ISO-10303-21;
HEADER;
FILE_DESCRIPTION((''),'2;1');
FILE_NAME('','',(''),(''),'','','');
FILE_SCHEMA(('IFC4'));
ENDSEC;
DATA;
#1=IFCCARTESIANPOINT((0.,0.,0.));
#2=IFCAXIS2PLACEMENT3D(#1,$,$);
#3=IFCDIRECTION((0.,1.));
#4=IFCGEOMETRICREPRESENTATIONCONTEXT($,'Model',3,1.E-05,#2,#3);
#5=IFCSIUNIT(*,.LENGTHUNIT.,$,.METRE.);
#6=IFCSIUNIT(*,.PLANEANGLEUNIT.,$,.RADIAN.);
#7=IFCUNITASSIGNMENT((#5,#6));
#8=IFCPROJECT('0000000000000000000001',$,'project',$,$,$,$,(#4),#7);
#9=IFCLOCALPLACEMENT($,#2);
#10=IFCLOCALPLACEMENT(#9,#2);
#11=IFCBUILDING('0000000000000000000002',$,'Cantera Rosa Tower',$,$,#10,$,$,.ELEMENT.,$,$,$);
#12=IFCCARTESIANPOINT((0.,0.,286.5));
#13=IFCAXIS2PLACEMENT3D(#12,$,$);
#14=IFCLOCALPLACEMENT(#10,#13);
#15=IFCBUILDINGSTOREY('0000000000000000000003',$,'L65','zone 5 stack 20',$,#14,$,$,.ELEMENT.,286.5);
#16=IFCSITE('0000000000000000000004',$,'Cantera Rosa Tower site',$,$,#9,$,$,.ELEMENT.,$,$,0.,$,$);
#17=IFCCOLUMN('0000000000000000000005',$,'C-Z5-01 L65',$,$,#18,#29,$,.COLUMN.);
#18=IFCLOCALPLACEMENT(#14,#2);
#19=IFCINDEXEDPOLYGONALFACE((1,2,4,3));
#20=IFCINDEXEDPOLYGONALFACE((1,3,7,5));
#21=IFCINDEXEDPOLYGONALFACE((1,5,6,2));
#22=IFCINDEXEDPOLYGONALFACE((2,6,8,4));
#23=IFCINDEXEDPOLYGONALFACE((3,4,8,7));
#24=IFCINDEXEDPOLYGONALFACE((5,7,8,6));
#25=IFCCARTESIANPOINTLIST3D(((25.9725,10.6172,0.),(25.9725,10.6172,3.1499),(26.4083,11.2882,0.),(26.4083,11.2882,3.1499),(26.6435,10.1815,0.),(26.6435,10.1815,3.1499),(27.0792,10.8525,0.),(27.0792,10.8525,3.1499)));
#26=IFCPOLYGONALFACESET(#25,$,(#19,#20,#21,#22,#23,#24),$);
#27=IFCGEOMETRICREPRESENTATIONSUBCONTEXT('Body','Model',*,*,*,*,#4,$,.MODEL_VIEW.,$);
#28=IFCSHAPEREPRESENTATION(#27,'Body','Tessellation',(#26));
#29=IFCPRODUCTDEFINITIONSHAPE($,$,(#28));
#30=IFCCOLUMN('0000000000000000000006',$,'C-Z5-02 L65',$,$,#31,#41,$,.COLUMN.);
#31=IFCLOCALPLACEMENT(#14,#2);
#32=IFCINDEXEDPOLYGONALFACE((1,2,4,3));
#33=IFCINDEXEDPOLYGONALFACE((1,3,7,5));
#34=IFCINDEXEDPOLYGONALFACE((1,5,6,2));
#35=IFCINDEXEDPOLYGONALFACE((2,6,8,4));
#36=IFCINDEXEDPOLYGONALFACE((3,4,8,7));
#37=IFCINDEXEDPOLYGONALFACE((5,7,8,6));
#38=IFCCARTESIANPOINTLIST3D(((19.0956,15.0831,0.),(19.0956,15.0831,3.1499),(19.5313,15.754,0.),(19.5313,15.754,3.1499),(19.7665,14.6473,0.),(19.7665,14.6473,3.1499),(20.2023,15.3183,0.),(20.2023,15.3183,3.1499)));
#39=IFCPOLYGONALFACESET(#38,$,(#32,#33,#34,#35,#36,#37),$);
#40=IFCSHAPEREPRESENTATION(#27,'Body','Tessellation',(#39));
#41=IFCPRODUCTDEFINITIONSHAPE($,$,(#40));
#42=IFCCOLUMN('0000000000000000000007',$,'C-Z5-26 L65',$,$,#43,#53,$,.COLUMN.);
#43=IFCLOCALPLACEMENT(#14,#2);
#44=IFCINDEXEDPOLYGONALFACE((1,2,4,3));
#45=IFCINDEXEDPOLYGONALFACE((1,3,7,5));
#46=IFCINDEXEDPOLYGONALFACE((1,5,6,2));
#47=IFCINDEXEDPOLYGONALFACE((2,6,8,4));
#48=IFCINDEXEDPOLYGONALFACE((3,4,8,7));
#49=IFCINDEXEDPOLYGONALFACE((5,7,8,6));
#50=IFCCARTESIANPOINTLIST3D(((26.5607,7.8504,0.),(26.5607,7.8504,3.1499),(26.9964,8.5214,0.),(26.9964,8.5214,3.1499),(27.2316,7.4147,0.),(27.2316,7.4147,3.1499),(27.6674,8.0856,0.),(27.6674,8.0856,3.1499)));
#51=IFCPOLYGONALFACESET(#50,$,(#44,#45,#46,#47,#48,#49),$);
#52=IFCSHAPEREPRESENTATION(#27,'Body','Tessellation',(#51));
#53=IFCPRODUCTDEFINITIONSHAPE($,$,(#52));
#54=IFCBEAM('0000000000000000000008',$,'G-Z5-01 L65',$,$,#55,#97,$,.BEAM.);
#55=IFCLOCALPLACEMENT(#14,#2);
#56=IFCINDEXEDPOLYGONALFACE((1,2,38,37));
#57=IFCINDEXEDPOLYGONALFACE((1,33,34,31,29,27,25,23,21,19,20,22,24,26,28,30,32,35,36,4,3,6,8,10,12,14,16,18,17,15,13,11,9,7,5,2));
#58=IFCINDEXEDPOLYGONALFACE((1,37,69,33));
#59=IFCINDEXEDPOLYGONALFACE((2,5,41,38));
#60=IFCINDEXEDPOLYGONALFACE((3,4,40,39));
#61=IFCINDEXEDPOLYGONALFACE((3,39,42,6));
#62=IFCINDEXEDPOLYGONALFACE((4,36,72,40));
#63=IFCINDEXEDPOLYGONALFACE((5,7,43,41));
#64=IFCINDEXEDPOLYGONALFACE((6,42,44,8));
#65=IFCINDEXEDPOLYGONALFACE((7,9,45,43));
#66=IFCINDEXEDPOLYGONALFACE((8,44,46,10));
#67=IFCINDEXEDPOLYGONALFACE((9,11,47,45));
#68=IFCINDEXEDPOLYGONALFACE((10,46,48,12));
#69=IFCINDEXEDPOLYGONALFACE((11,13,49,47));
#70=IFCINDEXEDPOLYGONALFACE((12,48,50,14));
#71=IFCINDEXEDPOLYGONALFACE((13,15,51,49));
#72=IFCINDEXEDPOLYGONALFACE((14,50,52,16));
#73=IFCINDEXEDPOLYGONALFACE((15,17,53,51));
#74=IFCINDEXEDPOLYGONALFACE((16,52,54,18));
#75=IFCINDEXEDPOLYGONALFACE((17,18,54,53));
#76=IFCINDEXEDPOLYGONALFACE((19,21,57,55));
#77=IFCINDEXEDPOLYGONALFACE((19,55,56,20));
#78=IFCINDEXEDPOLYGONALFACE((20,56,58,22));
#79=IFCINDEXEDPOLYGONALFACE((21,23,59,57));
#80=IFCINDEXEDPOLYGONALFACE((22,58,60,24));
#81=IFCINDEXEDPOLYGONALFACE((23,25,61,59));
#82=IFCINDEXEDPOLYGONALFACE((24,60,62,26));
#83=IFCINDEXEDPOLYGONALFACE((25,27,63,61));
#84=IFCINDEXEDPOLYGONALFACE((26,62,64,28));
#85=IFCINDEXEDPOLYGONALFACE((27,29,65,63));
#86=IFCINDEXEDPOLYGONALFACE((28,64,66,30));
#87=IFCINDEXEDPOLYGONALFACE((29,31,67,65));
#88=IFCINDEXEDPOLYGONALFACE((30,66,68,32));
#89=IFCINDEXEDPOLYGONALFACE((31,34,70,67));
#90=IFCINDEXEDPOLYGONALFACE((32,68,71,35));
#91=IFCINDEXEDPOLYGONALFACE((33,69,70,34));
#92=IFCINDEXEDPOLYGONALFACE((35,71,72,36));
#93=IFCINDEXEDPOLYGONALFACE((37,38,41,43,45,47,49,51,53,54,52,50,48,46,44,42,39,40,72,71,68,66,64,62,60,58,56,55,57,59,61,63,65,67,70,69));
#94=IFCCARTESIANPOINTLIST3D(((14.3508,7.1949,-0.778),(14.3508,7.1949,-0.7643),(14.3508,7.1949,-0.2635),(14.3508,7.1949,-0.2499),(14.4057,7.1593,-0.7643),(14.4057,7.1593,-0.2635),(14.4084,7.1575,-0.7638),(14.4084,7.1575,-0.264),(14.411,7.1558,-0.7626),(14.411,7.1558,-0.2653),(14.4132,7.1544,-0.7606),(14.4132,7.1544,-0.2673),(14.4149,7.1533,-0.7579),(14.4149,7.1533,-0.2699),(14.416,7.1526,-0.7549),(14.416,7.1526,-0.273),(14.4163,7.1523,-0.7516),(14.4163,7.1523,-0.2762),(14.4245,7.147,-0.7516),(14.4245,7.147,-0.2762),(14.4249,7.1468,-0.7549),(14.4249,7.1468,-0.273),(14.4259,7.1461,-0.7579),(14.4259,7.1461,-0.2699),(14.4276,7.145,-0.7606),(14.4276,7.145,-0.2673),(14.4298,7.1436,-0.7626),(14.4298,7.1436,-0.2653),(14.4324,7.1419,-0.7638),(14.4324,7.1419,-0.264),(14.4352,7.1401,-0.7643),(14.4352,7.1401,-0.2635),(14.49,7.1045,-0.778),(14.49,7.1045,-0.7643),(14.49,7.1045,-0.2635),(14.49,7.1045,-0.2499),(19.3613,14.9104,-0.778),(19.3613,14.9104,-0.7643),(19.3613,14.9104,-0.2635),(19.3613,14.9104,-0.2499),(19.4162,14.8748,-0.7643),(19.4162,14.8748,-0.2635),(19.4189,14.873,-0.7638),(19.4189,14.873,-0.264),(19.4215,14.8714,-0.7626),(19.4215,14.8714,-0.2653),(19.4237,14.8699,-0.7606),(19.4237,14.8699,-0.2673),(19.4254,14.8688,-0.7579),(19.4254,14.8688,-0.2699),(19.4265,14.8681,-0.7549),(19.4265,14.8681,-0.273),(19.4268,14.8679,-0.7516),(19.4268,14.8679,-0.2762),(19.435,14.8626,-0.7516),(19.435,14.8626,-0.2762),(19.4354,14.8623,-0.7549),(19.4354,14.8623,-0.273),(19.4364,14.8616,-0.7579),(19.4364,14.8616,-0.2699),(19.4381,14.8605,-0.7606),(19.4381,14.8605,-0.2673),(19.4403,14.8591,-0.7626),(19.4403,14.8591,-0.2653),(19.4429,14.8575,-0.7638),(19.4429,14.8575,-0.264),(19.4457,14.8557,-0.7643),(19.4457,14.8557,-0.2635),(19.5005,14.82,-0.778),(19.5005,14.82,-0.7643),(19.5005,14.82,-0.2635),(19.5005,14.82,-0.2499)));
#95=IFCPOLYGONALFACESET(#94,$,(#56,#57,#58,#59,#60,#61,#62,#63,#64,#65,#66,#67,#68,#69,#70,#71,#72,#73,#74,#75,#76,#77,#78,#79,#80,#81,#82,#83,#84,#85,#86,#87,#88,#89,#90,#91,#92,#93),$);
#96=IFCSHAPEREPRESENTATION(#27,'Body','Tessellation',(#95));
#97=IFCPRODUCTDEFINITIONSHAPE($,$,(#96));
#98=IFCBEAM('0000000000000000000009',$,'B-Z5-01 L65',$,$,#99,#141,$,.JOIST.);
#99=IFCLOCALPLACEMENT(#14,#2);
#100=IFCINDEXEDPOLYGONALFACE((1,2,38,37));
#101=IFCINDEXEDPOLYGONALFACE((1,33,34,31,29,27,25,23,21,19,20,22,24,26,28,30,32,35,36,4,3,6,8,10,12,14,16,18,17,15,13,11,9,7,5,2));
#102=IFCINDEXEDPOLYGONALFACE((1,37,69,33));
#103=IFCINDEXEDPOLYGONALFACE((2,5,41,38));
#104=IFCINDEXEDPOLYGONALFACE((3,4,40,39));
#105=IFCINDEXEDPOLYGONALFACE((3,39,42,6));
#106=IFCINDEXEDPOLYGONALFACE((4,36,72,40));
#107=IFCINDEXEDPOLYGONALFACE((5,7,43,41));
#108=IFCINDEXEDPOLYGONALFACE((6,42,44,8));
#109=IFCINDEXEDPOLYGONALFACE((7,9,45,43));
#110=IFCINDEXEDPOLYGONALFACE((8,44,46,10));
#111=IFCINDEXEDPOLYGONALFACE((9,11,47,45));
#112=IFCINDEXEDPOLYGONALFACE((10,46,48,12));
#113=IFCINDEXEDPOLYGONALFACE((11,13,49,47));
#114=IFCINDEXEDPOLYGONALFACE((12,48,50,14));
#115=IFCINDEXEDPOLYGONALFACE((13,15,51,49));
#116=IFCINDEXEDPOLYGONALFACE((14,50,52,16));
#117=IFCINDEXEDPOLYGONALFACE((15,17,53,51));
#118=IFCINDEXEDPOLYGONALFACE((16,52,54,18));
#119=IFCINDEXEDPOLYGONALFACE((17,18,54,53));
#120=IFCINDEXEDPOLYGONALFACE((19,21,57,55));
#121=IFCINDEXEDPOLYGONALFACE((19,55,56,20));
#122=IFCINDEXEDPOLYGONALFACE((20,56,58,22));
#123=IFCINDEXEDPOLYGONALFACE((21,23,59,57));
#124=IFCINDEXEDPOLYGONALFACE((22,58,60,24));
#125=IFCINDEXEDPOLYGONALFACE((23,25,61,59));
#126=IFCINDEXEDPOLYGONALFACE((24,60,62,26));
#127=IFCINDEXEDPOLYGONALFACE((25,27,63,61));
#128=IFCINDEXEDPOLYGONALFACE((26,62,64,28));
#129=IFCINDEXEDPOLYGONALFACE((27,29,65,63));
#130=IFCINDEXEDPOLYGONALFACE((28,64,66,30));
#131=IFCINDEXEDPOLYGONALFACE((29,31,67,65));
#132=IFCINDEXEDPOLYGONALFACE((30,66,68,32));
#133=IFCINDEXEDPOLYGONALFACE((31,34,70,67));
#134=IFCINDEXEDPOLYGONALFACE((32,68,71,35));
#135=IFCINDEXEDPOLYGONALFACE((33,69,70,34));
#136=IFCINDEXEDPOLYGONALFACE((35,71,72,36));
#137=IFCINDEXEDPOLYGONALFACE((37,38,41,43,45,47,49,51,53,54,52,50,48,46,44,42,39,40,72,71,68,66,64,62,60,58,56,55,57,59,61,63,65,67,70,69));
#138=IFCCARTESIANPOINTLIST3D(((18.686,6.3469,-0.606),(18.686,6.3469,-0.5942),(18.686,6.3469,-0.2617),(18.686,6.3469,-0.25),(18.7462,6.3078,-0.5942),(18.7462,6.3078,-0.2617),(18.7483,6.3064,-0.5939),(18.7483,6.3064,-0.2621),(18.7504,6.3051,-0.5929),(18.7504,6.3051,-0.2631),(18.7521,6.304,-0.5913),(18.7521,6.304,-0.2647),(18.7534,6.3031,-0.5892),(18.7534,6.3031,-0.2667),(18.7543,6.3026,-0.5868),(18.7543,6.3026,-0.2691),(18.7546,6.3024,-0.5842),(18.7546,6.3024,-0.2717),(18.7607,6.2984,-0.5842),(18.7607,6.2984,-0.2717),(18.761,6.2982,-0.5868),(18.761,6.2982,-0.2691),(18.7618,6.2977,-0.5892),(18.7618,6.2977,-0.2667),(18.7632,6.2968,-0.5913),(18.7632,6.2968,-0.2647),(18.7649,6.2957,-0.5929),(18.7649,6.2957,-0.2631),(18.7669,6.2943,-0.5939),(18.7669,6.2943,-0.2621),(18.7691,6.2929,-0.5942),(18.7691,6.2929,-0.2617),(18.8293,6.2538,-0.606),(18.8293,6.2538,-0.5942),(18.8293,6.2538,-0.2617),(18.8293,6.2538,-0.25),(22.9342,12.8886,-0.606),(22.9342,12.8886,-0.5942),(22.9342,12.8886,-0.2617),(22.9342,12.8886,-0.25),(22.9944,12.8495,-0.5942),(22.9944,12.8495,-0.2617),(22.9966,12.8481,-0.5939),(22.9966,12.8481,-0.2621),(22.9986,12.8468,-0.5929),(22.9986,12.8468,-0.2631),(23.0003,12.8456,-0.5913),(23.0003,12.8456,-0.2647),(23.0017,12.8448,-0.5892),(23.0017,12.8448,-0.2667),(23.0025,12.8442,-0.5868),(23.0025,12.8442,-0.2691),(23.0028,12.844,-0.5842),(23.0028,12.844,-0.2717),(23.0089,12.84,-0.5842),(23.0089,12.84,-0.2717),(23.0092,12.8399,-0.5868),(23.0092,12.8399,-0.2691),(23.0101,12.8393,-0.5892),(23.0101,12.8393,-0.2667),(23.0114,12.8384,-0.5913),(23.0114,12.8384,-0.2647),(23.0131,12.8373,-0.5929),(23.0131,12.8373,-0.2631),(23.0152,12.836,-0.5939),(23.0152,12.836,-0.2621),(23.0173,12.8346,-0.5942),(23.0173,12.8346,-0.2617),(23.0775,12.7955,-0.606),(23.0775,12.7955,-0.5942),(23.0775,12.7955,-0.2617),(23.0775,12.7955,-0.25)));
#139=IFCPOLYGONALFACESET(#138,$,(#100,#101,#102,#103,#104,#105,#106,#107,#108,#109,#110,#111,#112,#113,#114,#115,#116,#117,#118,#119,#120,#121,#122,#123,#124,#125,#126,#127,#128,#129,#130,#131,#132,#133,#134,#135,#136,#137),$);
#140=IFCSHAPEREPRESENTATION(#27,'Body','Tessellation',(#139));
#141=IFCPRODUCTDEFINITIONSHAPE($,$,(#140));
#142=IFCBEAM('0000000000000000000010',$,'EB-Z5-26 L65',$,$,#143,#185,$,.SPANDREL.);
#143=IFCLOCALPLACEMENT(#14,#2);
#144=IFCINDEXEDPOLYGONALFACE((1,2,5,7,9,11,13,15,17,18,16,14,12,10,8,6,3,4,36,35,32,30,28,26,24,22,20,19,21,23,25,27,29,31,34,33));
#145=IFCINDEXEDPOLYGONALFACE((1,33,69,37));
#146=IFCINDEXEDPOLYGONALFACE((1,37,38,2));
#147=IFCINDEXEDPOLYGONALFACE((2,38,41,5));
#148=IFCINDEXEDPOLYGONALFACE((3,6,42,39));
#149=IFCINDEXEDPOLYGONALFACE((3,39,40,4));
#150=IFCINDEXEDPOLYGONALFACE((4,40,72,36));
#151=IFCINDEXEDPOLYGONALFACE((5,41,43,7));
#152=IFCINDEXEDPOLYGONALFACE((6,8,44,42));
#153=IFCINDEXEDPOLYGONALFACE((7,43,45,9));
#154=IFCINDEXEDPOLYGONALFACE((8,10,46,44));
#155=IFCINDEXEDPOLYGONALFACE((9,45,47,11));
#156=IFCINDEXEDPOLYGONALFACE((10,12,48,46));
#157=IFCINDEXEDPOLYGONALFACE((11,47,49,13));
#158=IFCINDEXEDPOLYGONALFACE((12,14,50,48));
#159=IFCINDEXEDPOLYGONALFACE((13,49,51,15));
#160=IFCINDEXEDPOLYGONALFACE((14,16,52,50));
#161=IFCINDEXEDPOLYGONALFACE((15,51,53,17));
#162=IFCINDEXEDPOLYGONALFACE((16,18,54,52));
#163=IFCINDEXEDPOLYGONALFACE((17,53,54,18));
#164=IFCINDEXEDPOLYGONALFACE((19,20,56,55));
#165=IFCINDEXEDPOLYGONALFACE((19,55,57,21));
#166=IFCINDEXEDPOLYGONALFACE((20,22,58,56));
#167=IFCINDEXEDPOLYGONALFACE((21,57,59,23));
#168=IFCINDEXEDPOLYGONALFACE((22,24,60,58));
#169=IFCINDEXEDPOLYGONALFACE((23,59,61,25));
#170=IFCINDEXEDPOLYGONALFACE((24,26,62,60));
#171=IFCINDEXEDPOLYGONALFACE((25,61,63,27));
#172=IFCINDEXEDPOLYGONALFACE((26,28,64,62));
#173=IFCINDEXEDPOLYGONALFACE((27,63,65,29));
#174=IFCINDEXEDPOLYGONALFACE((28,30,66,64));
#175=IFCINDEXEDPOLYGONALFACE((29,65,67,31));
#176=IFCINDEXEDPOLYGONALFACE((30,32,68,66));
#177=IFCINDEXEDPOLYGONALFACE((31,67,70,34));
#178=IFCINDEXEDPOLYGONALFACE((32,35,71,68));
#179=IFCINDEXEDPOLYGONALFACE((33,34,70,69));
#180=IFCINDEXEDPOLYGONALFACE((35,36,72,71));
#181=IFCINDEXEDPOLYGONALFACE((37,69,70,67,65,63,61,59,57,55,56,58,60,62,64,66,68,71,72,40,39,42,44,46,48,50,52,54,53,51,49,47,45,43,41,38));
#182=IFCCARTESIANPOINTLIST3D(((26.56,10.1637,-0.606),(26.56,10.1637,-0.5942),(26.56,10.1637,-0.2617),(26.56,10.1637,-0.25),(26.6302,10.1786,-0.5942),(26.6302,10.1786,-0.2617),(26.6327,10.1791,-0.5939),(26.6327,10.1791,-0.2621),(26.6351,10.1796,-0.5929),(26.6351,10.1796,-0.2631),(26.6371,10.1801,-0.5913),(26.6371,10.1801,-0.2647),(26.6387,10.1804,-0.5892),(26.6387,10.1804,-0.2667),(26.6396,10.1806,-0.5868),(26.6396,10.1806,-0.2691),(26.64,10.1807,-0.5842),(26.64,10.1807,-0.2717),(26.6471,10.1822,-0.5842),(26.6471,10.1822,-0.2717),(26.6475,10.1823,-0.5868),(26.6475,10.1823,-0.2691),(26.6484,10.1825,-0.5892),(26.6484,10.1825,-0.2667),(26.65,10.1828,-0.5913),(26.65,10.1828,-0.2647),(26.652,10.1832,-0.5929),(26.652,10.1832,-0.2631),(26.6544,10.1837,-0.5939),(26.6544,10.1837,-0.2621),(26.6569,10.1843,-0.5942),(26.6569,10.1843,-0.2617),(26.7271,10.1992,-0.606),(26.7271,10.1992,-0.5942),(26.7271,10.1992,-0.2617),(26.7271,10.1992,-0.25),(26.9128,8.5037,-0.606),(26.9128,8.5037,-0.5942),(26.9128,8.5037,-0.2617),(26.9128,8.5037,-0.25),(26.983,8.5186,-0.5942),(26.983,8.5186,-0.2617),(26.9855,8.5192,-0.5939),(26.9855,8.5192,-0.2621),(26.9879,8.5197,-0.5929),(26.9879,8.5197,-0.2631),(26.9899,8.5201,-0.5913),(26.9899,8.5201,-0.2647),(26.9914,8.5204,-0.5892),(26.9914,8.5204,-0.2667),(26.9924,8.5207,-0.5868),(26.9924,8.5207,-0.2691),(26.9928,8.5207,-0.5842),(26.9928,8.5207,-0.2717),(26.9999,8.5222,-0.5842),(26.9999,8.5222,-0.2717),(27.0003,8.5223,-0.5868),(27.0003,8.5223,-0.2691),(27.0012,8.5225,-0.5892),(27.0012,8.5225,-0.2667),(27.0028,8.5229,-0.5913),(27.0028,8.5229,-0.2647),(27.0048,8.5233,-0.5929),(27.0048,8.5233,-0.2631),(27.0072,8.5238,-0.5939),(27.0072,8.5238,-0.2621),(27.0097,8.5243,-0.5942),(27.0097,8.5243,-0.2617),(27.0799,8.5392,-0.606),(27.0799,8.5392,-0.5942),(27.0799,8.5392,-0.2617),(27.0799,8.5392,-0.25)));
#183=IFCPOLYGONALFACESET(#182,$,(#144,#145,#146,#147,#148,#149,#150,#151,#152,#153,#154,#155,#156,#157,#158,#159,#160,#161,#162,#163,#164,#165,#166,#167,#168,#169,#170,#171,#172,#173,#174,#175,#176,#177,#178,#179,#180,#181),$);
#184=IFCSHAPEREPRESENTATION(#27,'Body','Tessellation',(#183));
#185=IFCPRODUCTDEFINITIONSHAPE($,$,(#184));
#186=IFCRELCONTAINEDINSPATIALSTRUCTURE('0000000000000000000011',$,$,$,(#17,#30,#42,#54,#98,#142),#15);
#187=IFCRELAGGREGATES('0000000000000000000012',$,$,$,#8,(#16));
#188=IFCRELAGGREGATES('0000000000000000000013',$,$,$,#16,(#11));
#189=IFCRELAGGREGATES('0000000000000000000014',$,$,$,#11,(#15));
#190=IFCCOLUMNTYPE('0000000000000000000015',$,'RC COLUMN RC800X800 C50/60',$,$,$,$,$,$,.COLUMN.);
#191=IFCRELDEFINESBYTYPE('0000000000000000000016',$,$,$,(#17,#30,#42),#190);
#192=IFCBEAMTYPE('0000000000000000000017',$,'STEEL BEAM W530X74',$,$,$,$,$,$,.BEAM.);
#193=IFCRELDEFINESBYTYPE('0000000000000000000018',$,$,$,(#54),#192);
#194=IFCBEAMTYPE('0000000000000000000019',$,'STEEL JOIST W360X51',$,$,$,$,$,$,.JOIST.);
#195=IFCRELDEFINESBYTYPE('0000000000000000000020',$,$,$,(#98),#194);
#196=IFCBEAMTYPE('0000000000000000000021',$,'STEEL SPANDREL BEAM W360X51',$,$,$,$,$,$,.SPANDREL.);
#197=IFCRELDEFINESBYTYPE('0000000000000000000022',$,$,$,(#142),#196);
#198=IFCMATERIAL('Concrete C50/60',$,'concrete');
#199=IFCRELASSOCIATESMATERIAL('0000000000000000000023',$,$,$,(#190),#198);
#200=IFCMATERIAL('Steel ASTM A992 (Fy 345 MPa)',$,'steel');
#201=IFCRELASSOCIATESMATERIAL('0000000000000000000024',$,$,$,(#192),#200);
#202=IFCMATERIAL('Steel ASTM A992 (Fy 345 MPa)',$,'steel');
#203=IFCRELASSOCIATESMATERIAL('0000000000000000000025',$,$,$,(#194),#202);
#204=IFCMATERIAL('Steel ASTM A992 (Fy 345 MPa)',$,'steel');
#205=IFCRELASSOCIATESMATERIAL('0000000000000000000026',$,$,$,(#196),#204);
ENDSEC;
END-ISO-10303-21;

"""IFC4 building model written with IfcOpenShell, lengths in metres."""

from ifc_helpers import new_model, si_unit, direction, frame, origin, origin_2d, place, context, subcontext, project, spatial, rectangle, i_section, extrude, material, material_profile, profile_set, type_object, element, save


model = new_model("IFC4")

# Units and contexts
model_context = context("Model", 3, precision=1e-05, world=origin(), true_north=direction((0.0, 1.0)))
body_context = subcontext(model_context, "Body", "Model", "MODEL_VIEW")
ifc_project = project(units=[si_unit("LENGTHUNIT", "METRE"), si_unit("PLANEANGLEUNIT", "RADIAN")], contexts=[model_context])

# Site, building, storey
site_placement = place(None, origin())
site = spatial("IfcSite", under=ifc_project, at=site_placement, Name="Cantera Rosa Tower site", CompositionType="ELEMENT", RefElevation=0.0)
building_placement = place(site_placement, origin())
building = spatial("IfcBuilding", under=site, at=building_placement, Name="Cantera Rosa Tower", CompositionType="ELEMENT")
storey_placement = place(building_placement, frame((0.0, 0.0, 286.5)))
storey = spatial("IfcBuildingStorey", under=building, at=storey_placement, Name="L65", Description="zone 5 stack 20", CompositionType="ELEMENT", Elevation=286.5)

# Columns
ifc_material_1 = material(Name="Concrete C50/60", Category="concrete")
ifc_material_profile_1 = material_profile(ifc_material_1, rectangle(XDim=0.8, YDim=0.8, at=origin_2d()), Name="RC COLUMN RC800X800 C50/60")
ifc_profile_set_1 = profile_set([ifc_material_profile_1], Name="Concrete C50/60")
column_type = type_object("IfcColumnType", Name="RC COLUMN RC800X800 C50/60", PredefinedType="COLUMN", material=ifc_profile_set_1)
for number, where, z_axis, x_axis, name in (
    (1, (26.5259, 10.7349, 0.0), (0.0, 0.0, 1.0), (0.544639, 0.838671, 0.0), "C-Z5-01 L65"),
    (2, (19.6489, 15.2007, 0.0), (0.0, 0.0, 1.0), (0.544639, 0.838671, 0.0), "C-Z5-02 L65"),
    (3, (27.114, 7.968, 0.0), (0.0, 0.0, 1.0), (0.544639, 0.838671, 0.0), "C-Z5-26 L65"),
):
    element("IfcColumn", number, at=place(storey_placement, frame(where, z_axis=z_axis, x_axis=x_axis)), inside=storey, type_object=column_type, Name=name, PredefinedType="COLUMN", context=body_context, shape_type="SweptSolid", body=[
        extrude(rectangle(XDim=0.8, YDim=0.8, at=origin_2d()), origin(), (0.0, 0.0, 1.0), 3.1499),
    ])

# Beams
ifc_material_2 = material(Name="Steel ASTM A992 (Fy 345 MPa)", Category="steel")
ifc_material_profile_2 = material_profile(ifc_material_2, i_section(OverallWidth=0.166, OverallDepth=0.5281, WebThickness=0.0098, FlangeThickness=0.0137, FilletRadius=0.0127, at=origin_2d()), Name="W530X74")
ifc_profile_set_2 = profile_set([ifc_material_profile_2], Name="Steel ASTM A992 (Fy 345 MPa)")
beam_type_1 = type_object("IfcBeamType", Name="STEEL BEAM W530X74", PredefinedType="BEAM", material=ifc_profile_set_2)
beam_1_placement = place(storey_placement, frame((19.4309, 14.8652, -0.5139), z_axis=(-0.544635, -0.838673, 0.0), x_axis=(0.838673, -0.544635, 0.0)))
element("IfcBeam", 4, at=beam_1_placement, inside=storey, type_object=beam_type_1, Name="G-Z5-01 L65", PredefinedType="BEAM", context=body_context, shape_type="SweptSolid", body=[
    extrude(i_section(OverallWidth=0.166, OverallDepth=0.5281, WebThickness=0.0098, FlangeThickness=0.0137, FilletRadius=0.0127, at=origin_2d()), origin(), (0.0, 0.0, 1.0), 9.1997),
])
ifc_material_3 = material(Name="Steel ASTM A992 (Fy 345 MPa)", Category="steel")
ifc_material_profile_3 = material_profile(ifc_material_3, i_section(OverallWidth=0.1709, OverallDepth=0.356, WebThickness=0.0073, FlangeThickness=0.0117, FilletRadius=0.01, at=origin_2d()), Name="W360X51")
ifc_profile_set_3 = profile_set([ifc_material_profile_3], Name="Steel ASTM A992 (Fy 345 MPa)")
beam_type_2 = type_object("IfcBeamType", Name="STEEL JOIST W360X51", PredefinedType="JOIST", material=ifc_profile_set_3)
beam_2_placement = place(storey_placement, frame((23.0059, 12.842, -0.428), z_axis=(-0.544642, -0.838669, 0.0), x_axis=(0.838669, -0.544642, 0.0)))
element("IfcBeam", 5, at=beam_2_placement, inside=storey, type_object=beam_type_2, Name="B-Z5-01 L65", PredefinedType="JOIST", context=body_context, shape_type="SweptSolid", body=[
    extrude(i_section(OverallWidth=0.1709, OverallDepth=0.356, WebThickness=0.0073, FlangeThickness=0.0117, FilletRadius=0.01, at=origin_2d()), origin(), (0.0, 0.0, 1.0), 7.8),
])
ifc_material_4 = material(Name="Steel ASTM A992 (Fy 345 MPa)", Category="steel")
ifc_material_profile_4 = material_profile(ifc_material_4, i_section(OverallWidth=0.1709, OverallDepth=0.356, WebThickness=0.0073, FlangeThickness=0.0117, FilletRadius=0.01, at=origin_2d()), Name="W360X51")
ifc_profile_set_4 = profile_set([ifc_material_profile_4], Name="Steel ASTM A992 (Fy 345 MPa)")
beam_type_3 = type_object("IfcBeamType", Name="STEEL SPANDREL BEAM W360X51", PredefinedType="SPANDREL", material=ifc_profile_set_4)
beam_3_placement = place(storey_placement, frame((26.9963, 8.5215, -0.428), z_axis=(-0.207888, 0.978153, 0.0), x_axis=(-0.978153, -0.207888, 0.0)))
element("IfcBeam", 6, at=beam_3_placement, inside=storey, type_object=beam_type_3, Name="EB-Z5-26 L65", PredefinedType="SPANDREL", context=body_context, shape_type="SweptSolid", body=[
    extrude(i_section(OverallWidth=0.1709, OverallDepth=0.356, WebThickness=0.0073, FlangeThickness=0.0117, FilletRadius=0.01, at=origin_2d()), origin(), (0.0, 0.0, 1.0), 1.697),
])

save(model, "model.ifc")
